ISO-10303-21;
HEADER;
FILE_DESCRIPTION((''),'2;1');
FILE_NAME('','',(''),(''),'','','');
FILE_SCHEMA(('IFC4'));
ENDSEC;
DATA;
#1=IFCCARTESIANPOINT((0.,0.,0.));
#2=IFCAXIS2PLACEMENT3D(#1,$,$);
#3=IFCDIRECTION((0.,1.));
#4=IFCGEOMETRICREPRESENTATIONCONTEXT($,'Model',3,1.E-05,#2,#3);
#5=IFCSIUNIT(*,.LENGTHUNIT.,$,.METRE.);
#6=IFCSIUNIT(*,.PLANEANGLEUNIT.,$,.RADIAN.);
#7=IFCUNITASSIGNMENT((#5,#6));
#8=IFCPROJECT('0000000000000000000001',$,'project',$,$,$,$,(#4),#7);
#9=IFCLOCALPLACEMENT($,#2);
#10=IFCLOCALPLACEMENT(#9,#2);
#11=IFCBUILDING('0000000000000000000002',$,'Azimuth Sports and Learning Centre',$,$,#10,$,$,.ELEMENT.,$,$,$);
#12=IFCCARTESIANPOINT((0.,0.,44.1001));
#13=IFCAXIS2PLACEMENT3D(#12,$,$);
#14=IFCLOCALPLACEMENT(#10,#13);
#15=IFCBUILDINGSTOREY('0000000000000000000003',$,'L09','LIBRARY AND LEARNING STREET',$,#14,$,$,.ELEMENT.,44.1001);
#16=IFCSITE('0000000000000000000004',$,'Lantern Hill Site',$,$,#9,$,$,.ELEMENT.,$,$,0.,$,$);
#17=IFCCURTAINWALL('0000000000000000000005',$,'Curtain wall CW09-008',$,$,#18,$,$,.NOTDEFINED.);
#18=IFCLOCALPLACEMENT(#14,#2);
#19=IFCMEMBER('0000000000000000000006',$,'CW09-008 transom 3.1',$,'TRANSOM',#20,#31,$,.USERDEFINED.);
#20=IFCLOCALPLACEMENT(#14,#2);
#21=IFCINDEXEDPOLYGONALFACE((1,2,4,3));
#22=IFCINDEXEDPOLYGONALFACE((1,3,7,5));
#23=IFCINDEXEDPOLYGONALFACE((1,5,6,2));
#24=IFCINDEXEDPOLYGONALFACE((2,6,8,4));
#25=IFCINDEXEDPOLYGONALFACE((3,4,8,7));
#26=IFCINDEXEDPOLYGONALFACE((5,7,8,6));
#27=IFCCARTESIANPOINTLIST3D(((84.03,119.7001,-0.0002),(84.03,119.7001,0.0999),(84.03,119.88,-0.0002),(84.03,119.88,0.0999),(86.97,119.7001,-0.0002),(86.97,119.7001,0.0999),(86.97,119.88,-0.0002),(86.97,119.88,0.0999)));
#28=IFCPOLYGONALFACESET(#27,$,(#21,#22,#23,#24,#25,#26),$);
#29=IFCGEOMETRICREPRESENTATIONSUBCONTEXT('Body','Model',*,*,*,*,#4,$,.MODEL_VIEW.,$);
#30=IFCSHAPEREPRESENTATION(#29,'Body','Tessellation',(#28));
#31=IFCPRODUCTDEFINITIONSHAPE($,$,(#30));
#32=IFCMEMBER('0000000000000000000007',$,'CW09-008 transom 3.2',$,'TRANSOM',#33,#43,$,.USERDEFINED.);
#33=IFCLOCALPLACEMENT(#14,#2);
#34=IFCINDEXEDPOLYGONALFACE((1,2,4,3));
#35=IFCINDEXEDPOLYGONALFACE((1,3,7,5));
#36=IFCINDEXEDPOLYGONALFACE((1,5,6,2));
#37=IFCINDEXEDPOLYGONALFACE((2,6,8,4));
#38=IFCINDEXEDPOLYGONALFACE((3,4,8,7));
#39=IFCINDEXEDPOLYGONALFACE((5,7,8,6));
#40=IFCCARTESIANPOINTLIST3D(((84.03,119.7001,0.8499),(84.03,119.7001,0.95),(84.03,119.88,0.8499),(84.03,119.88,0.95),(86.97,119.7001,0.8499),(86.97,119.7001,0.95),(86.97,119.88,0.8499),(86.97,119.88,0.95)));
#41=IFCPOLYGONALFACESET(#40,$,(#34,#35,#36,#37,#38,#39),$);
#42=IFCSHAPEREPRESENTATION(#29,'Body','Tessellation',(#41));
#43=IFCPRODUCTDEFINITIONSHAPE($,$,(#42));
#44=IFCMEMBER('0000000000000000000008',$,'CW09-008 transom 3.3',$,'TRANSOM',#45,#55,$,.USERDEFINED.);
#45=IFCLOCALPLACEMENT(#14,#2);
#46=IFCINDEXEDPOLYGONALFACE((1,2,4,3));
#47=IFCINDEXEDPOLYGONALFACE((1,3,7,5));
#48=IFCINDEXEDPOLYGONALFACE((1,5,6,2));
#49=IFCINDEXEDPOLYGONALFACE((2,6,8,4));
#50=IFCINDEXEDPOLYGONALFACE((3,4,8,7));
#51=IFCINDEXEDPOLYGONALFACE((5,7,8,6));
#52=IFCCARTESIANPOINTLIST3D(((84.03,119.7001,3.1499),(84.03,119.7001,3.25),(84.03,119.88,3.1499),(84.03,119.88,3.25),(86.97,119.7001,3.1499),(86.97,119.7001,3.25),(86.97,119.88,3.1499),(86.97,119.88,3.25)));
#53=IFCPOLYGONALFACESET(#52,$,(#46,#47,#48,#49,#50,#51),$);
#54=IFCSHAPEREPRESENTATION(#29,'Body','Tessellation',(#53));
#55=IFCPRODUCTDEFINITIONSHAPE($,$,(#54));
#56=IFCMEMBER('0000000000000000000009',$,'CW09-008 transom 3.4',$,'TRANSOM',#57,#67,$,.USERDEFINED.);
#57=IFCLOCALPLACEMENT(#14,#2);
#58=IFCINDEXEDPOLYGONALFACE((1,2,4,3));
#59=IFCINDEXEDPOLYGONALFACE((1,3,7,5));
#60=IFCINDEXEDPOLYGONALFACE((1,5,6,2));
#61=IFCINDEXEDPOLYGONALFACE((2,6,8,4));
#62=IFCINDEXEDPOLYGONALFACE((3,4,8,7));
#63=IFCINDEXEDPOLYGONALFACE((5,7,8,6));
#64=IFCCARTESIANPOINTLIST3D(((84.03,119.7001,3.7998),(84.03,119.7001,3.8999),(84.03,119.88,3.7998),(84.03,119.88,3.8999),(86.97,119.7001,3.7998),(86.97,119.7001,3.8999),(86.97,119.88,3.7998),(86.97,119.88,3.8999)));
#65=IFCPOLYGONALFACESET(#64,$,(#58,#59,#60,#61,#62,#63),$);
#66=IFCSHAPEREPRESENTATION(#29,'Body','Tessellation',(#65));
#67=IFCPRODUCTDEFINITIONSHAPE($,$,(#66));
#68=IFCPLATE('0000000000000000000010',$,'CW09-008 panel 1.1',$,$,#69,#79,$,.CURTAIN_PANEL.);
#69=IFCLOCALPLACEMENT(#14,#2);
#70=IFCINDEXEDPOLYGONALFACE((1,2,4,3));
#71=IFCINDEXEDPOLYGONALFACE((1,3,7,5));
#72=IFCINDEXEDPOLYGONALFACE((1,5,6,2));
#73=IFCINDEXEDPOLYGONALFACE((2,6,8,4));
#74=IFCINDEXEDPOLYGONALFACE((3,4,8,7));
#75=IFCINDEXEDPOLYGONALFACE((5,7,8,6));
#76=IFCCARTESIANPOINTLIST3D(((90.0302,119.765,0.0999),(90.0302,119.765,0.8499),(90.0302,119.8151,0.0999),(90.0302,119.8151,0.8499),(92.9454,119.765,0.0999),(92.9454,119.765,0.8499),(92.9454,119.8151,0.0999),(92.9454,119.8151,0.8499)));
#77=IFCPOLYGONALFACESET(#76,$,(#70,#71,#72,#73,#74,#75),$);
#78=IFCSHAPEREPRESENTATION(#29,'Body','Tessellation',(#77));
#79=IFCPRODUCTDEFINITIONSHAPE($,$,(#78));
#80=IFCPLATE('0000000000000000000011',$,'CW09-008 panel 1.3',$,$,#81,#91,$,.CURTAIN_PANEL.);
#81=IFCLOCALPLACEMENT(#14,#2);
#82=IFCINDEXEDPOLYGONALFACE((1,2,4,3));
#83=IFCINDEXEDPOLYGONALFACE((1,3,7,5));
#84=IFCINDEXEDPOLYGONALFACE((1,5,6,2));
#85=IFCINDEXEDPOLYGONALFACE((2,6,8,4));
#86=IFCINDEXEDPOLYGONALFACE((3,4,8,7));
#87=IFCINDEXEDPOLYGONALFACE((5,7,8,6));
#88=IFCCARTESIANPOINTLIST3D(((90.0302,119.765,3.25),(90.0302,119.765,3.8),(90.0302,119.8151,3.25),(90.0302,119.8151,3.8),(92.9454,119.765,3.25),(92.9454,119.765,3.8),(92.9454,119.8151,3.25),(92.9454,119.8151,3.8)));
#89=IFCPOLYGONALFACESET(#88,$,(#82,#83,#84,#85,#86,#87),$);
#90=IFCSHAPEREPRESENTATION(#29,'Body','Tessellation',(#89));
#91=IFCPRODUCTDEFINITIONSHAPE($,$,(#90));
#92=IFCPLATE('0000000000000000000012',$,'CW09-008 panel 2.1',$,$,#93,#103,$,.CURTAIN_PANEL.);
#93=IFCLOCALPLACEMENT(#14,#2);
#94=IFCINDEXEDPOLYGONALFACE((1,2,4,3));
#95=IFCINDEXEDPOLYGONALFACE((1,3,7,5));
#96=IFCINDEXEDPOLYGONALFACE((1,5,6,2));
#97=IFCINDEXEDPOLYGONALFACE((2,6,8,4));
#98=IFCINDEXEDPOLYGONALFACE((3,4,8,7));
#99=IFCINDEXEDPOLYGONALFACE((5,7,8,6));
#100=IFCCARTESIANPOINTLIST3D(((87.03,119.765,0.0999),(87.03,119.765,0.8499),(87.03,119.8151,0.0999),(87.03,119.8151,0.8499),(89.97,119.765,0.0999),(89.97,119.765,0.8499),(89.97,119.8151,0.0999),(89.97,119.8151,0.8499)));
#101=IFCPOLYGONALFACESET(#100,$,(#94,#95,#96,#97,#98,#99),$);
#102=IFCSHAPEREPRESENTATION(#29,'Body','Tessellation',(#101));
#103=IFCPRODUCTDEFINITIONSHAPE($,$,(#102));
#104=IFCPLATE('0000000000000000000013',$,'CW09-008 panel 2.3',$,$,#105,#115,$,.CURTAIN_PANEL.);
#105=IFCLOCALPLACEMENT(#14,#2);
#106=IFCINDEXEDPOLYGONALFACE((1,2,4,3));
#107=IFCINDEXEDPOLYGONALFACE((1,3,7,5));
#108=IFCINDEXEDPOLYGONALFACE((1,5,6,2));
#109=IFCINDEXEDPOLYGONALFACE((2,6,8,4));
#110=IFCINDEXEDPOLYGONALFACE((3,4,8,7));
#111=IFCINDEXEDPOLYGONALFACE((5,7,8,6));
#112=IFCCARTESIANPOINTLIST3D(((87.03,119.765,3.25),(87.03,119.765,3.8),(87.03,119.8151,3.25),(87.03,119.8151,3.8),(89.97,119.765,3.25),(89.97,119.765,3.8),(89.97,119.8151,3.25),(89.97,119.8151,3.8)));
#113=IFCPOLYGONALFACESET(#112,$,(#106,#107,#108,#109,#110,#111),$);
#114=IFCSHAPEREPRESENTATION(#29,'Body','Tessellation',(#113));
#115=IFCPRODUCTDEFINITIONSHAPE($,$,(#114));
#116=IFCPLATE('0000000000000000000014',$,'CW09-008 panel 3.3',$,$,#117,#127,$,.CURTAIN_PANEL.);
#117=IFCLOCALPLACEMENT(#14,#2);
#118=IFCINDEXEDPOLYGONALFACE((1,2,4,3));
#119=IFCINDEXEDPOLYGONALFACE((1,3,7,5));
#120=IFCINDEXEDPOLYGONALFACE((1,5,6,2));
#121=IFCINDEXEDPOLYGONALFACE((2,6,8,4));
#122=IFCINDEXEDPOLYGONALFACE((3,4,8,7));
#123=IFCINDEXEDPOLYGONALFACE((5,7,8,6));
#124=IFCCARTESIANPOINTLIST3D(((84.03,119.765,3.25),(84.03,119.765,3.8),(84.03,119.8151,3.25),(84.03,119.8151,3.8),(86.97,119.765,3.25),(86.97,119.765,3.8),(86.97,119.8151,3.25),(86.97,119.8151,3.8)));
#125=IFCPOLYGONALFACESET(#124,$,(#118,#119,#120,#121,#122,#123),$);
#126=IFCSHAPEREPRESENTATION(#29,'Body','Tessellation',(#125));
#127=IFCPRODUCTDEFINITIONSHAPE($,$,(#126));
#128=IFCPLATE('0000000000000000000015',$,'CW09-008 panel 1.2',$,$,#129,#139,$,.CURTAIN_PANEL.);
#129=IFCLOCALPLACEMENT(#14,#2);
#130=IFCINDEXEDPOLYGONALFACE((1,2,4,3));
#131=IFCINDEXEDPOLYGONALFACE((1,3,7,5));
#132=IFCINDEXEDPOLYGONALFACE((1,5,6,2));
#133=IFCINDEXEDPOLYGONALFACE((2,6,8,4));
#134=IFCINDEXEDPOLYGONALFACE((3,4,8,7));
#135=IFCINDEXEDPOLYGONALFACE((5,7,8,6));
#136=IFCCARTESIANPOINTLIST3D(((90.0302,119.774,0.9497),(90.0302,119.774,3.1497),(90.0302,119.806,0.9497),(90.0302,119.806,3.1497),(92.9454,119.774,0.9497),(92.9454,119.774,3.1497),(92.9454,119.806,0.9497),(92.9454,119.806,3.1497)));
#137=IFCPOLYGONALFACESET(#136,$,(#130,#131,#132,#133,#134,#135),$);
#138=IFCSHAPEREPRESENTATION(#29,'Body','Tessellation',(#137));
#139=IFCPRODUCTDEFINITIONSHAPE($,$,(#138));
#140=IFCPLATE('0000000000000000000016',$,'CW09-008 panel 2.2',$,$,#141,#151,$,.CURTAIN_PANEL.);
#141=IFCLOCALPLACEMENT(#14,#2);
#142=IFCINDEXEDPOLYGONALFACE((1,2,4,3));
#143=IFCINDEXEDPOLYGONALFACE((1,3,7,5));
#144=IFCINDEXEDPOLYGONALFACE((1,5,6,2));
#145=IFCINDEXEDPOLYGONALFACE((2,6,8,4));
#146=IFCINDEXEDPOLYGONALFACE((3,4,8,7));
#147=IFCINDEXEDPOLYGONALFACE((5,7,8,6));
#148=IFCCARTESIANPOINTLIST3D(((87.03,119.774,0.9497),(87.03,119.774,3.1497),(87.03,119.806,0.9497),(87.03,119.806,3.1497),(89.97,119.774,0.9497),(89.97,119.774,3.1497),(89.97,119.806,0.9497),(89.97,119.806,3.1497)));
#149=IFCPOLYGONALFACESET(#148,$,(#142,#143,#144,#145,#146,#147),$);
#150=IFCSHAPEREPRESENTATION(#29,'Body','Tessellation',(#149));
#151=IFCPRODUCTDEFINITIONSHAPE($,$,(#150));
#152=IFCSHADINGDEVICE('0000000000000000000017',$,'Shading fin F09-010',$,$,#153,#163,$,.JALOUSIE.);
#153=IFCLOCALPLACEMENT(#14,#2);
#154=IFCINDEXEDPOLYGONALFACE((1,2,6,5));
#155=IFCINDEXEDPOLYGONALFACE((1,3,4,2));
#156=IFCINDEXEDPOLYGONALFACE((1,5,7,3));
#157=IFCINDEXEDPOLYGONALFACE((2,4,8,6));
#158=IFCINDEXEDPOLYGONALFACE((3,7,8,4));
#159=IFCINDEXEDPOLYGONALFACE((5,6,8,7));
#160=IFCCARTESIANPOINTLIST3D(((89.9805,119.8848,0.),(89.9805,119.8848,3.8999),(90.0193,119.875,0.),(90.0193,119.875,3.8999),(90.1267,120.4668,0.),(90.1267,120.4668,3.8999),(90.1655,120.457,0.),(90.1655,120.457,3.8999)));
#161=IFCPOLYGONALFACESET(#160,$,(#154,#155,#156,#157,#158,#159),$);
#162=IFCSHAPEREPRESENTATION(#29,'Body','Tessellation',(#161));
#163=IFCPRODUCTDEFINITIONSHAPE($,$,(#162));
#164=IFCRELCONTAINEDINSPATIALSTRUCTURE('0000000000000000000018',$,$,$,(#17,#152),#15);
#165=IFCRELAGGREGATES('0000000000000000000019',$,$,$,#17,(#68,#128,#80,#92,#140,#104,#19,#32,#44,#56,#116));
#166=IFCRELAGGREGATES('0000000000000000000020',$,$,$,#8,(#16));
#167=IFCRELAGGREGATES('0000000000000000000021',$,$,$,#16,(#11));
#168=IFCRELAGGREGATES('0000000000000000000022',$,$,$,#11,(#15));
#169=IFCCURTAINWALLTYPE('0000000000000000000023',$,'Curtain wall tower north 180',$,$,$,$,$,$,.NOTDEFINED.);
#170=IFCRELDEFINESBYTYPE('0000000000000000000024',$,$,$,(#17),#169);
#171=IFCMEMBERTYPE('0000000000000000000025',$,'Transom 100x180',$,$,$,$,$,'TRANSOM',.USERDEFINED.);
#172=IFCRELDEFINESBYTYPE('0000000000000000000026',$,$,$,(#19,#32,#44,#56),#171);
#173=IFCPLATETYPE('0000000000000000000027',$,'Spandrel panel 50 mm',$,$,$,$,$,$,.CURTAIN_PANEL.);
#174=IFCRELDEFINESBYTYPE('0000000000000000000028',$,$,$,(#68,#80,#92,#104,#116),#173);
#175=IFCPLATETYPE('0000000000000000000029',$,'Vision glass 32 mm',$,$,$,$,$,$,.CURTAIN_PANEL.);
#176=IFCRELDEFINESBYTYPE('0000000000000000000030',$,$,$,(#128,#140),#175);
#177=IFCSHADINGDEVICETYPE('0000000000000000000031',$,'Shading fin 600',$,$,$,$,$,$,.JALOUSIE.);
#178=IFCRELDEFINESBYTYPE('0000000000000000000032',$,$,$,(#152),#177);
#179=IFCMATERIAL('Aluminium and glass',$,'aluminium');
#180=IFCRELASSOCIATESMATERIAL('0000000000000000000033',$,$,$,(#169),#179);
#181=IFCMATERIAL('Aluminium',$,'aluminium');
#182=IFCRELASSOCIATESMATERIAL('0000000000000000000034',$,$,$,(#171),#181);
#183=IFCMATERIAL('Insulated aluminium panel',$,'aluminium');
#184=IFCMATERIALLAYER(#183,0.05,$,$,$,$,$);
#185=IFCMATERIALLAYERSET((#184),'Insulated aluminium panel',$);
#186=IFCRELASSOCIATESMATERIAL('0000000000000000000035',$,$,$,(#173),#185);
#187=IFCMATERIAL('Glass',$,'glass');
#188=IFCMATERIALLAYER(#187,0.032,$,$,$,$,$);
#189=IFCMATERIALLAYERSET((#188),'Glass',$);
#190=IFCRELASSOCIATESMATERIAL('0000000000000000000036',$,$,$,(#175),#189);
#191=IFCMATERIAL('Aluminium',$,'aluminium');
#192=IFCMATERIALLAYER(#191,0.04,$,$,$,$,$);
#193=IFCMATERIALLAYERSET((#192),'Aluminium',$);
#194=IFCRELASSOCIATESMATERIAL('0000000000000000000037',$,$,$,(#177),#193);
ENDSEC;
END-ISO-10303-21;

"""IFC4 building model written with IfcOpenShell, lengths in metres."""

from ifc_helpers import new_model, si_unit, direction, frame, origin, origin_2d, place, context, subcontext, project, spatial, rectangle, extrude, material, layer, layer_set, material_profile, profile_set, type_object, element, aggregate, save


model = new_model("IFC4")

# Units and contexts
model_context = context("Model", 3, precision=1e-05, world=origin(), true_north=direction((0.0, 1.0)))
body_context = subcontext(model_context, "Body", "Model", "MODEL_VIEW")
ifc_project = project(units=[si_unit("LENGTHUNIT", "METRE"), si_unit("PLANEANGLEUNIT", "RADIAN")], contexts=[model_context])

# Site, building, storey
site_placement = place(None, origin())
site = spatial("IfcSite", under=ifc_project, at=site_placement, Name="Lantern Hill Site", CompositionType="ELEMENT", RefElevation=0.0)
building_placement = place(site_placement, origin())
building = spatial("IfcBuilding", under=site, at=building_placement, Name="Azimuth Sports and Learning Centre", CompositionType="ELEMENT")
storey_placement = place(building_placement, frame((0.0, 0.0, 44.1001)))
storey = spatial("IfcBuildingStorey", under=building, at=storey_placement, Name="L09", Description="LIBRARY AND LEARNING STREET", CompositionType="ELEMENT", Elevation=44.1001)

# Curtain wall, members, plates
ifc_material_1 = material(Name="Aluminium and glass", Category="aluminium")
curtain_wall_type = type_object("IfcCurtainWallType", Name="Curtain wall tower north 180", PredefinedType="NOTDEFINED", material=ifc_material_1)
curtain_wall_placement = place(storey_placement, origin())
curtain_wall = element("IfcCurtainWall", 1, at=curtain_wall_placement, inside=storey, type_object=curtain_wall_type, Name="Curtain wall CW09-008", PredefinedType="NOTDEFINED")
ifc_material_2 = material(Name="Aluminium", Category="aluminium")
ifc_material_profile_1 = material_profile(ifc_material_2, rectangle(XDim=0.1799, YDim=0.1001, at=origin_2d()), Name="Transom 100x180")
ifc_profile_set_1 = profile_set([ifc_material_profile_1], Name="Aluminium")
member_type_1 = type_object("IfcMemberType", Name="Transom 100x180", ElementType="TRANSOM", PredefinedType="USERDEFINED", material=ifc_profile_set_1)
member_1_placement = place(storey_placement, frame((86.97, 119.79, 0.0498), z_axis=(-1.0, 0.0, 0.0), x_axis=(0.0, -1.0, 0.0)))
member_1 = element("IfcMember", 2, at=member_1_placement, type_object=member_type_1, Name="CW09-008 transom 3.1", ObjectType="TRANSOM", PredefinedType="USERDEFINED", context=body_context, shape_type="SweptSolid", body=[
    extrude(rectangle(XDim=0.1799, YDim=0.1001, at=origin_2d()), origin(), (0.0, 0.0, 1.0), 2.9399),
])
member_2_placement = place(storey_placement, frame((86.97, 119.79, 0.8999), z_axis=(-1.0, 0.0, 0.0), x_axis=(0.0, -1.0, 0.0)))
member_2 = element("IfcMember", 3, at=member_2_placement, type_object=member_type_1, Name="CW09-008 transom 3.2", ObjectType="TRANSOM", PredefinedType="USERDEFINED", context=body_context, shape_type="SweptSolid", body=[
    extrude(rectangle(XDim=0.1799, YDim=0.1001, at=origin_2d()), origin(), (0.0, 0.0, 1.0), 2.9399),
])
member_3_placement = place(storey_placement, frame((86.97, 119.79, 3.2), z_axis=(-1.0, 0.0, 0.0), x_axis=(0.0, -1.0, 0.0)))
member_3 = element("IfcMember", 4, at=member_3_placement, type_object=member_type_1, Name="CW09-008 transom 3.3", ObjectType="TRANSOM", PredefinedType="USERDEFINED", context=body_context, shape_type="SweptSolid", body=[
    extrude(rectangle(XDim=0.1799, YDim=0.1001, at=origin_2d()), origin(), (0.0, 0.0, 1.0), 2.9399),
])
member_4_placement = place(storey_placement, frame((86.97, 119.79, 3.8499), z_axis=(-1.0, 0.0, 0.0), x_axis=(0.0, -1.0, 0.0)))
member_4 = element("IfcMember", 5, at=member_4_placement, type_object=member_type_1, Name="CW09-008 transom 3.4", ObjectType="TRANSOM", PredefinedType="USERDEFINED", context=body_context, shape_type="SweptSolid", body=[
    extrude(rectangle(XDim=0.1799, YDim=0.1001, at=origin_2d()), origin(), (0.0, 0.0, 1.0), 2.9399),
])
ifc_material_3 = material(Name="Insulated aluminium panel", Category="aluminium")
ifc_layer_1 = layer(ifc_material_3, 0.05)
ifc_layer_set_1 = layer_set([ifc_layer_1], Name="Insulated aluminium panel")
plate_type_1 = type_object("IfcPlateType", Name="Spandrel panel 50 mm", PredefinedType="CURTAIN_PANEL", material=ifc_layer_set_1)
plate_1_placement = place(storey_placement, frame((91.4878, 119.79, 0.0999), z_axis=(0.0, 0.0, 1.0), x_axis=(-1.0, 0.0, 0.0)))
plate_1 = element("IfcPlate", 6, at=plate_1_placement, type_object=plate_type_1, Name="CW09-008 panel 1.1", PredefinedType="CURTAIN_PANEL", context=body_context, shape_type="SweptSolid", body=[
    extrude(rectangle(XDim=2.9153, YDim=0.05, at=origin_2d()), origin(), (0.0, 0.0, 1.0), 0.75),
])
plate_2_placement = place(storey_placement, frame((91.4878, 119.79, 3.25), z_axis=(0.0, 0.0, 1.0), x_axis=(-1.0, 0.0, 0.0)))
plate_2 = element("IfcPlate", 7, at=plate_2_placement, type_object=plate_type_1, Name="CW09-008 panel 1.3", PredefinedType="CURTAIN_PANEL", context=body_context, shape_type="SweptSolid", body=[
    extrude(rectangle(XDim=2.9153, YDim=0.05, at=origin_2d()), origin(), (0.0, 0.0, 1.0), 0.55),
])
plate_3_placement = place(storey_placement, frame((88.5, 119.79, 0.0999), z_axis=(0.0, 0.0, 1.0), x_axis=(-1.0, 0.0, 0.0)))
plate_3 = element("IfcPlate", 8, at=plate_3_placement, type_object=plate_type_1, Name="CW09-008 panel 2.1", PredefinedType="CURTAIN_PANEL", context=body_context, shape_type="SweptSolid", body=[
    extrude(rectangle(XDim=2.9399, YDim=0.05, at=origin_2d()), origin(), (0.0, 0.0, 1.0), 0.75),
])
plate_4_placement = place(storey_placement, frame((88.5, 119.79, 3.25), z_axis=(0.0, 0.0, 1.0), x_axis=(-1.0, 0.0, 0.0)))
plate_4 = element("IfcPlate", 9, at=plate_4_placement, type_object=plate_type_1, Name="CW09-008 panel 2.3", PredefinedType="CURTAIN_PANEL", context=body_context, shape_type="SweptSolid", body=[
    extrude(rectangle(XDim=2.9399, YDim=0.05, at=origin_2d()), origin(), (0.0, 0.0, 1.0), 0.55),
])
plate_5_placement = place(storey_placement, frame((85.5, 119.79, 3.25), z_axis=(0.0, 0.0, 1.0), x_axis=(-1.0, 0.0, 0.0)))
plate_5 = element("IfcPlate", 10, at=plate_5_placement, type_object=plate_type_1, Name="CW09-008 panel 3.3", PredefinedType="CURTAIN_PANEL", context=body_context, shape_type="SweptSolid", body=[
    extrude(rectangle(XDim=2.9399, YDim=0.05, at=origin_2d()), origin(), (0.0, 0.0, 1.0), 0.55),
])
ifc_material_4 = material(Name="Glass", Category="glass")
ifc_layer_2 = layer(ifc_material_4, 0.032)
ifc_layer_set_2 = layer_set([ifc_layer_2], Name="Glass")
plate_type_2 = type_object("IfcPlateType", Name="Vision glass 32 mm", PredefinedType="CURTAIN_PANEL", material=ifc_layer_set_2)
plate_6_placement = place(storey_placement, frame((91.4878, 119.79, 0.9497), z_axis=(0.0, 0.0, 1.0), x_axis=(-1.0, 0.0, 0.0)))
plate_6 = element("IfcPlate", 11, at=plate_6_placement, type_object=plate_type_2, Name="CW09-008 panel 1.2", PredefinedType="CURTAIN_PANEL", context=body_context, shape_type="SweptSolid", body=[
    extrude(rectangle(XDim=2.9153, YDim=0.032, at=origin_2d()), origin(), (0.0, 0.0, 1.0), 2.2),
])
plate_7_placement = place(storey_placement, frame((88.5, 119.79, 0.9497), z_axis=(0.0, 0.0, 1.0), x_axis=(-1.0, 0.0, 0.0)))
plate_7 = element("IfcPlate", 12, at=plate_7_placement, type_object=plate_type_2, Name="CW09-008 panel 2.2", PredefinedType="CURTAIN_PANEL", context=body_context, shape_type="SweptSolid", body=[
    extrude(rectangle(XDim=2.9399, YDim=0.032, at=origin_2d()), origin(), (0.0, 0.0, 1.0), 2.2),
])
aggregate(curtain_wall, [plate_1, plate_6, plate_2, plate_3, plate_7, plate_4, member_1, member_2, member_3, member_4, plate_5])

# Shading device
ifc_material_5 = material(Name="Aluminium", Category="aluminium")
ifc_layer_3 = layer(ifc_material_5, 0.04)
ifc_layer_set_3 = layer_set([ifc_layer_3], Name="Aluminium")
shading_device_type = type_object("IfcShadingDeviceType", Name="Shading fin 600", PredefinedType="JALOUSIE", material=ifc_layer_set_3)
shading_device_placement = place(storey_placement, frame((90.073, 120.1709, 0.0), z_axis=(0.0, 0.0, 1.0), x_axis=(0.243731, 0.969843, 0.0)))
element("IfcShadingDevice", 13, at=shading_device_placement, inside=storey, type_object=shading_device_type, Name="Shading fin F09-010", PredefinedType="JALOUSIE", context=body_context, shape_type="SweptSolid", body=[
    extrude(rectangle(XDim=0.6001, YDim=0.04, at=origin_2d()), origin(), (0.0, 0.0, 1.0), 3.8999),
])

save(model, "model.ifc")
